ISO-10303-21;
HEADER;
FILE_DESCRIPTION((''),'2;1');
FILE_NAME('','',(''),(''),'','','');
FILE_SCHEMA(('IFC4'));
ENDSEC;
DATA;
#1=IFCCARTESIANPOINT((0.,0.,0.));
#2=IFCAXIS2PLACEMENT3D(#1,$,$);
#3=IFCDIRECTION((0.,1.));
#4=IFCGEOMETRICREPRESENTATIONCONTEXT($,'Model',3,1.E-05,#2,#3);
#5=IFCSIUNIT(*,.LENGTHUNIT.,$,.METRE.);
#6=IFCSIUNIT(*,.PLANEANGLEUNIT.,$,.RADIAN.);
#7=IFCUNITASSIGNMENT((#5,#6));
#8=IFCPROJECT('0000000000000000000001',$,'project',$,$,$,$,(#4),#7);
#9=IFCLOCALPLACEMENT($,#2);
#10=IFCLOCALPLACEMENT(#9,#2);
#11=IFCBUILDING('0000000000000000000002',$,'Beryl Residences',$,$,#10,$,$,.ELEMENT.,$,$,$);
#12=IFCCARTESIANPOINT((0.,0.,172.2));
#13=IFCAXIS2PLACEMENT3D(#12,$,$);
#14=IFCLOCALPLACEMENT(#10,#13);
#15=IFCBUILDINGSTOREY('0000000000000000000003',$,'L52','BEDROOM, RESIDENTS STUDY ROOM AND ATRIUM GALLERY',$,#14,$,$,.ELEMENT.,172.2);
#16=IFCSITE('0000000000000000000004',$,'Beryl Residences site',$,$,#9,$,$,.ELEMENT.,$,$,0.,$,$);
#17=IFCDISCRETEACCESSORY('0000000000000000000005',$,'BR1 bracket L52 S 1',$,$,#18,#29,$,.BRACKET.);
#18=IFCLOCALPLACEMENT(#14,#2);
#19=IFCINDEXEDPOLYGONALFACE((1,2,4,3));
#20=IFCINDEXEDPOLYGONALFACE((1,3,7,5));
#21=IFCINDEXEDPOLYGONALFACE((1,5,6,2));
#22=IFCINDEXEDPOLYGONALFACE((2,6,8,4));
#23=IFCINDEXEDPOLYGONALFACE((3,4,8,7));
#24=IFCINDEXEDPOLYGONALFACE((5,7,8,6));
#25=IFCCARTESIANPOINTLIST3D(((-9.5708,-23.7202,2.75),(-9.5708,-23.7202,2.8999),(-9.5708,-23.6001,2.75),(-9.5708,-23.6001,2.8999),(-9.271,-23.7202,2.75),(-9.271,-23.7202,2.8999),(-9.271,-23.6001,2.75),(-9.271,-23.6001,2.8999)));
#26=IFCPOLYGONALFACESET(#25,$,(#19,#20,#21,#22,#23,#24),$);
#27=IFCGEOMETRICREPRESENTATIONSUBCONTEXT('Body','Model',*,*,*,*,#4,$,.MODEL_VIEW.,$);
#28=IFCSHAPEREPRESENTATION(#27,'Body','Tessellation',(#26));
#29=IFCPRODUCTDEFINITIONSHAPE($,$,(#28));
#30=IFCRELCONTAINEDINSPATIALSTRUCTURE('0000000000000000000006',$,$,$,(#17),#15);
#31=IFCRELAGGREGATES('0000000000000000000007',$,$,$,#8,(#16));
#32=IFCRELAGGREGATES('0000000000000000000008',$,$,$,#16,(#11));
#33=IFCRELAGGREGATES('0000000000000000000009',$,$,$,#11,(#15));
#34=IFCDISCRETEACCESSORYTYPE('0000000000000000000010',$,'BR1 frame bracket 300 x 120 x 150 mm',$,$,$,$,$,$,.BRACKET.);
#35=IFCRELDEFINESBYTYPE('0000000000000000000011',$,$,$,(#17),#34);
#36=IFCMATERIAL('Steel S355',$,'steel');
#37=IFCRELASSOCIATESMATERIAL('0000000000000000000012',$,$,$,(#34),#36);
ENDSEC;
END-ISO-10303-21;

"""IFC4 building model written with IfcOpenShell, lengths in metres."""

from ifc_helpers import new_model, si_unit, direction, frame, origin, place, context, subcontext, project, spatial, polyline, outline, extrude, source, transform, mapped, material, type_object, type_shapes, element, save


model = new_model("IFC4")

# Units and contexts
model_context = context("Model", 3, precision=1e-05, world=origin(), true_north=direction((0.0, 1.0)))
body_context = subcontext(model_context, "Body", "Model", "MODEL_VIEW")
ifc_project = project(units=[si_unit("LENGTHUNIT", "METRE"), si_unit("PLANEANGLEUNIT", "RADIAN")], contexts=[model_context])

# Site, building, storey
site_placement = place(None, origin())
site = spatial("IfcSite", under=ifc_project, at=site_placement, Name="Beryl Residences site", CompositionType="ELEMENT", RefElevation=0.0)
building_placement = place(site_placement, origin())
building = spatial("IfcBuilding", under=site, at=building_placement, Name="Beryl Residences", CompositionType="ELEMENT")
storey_placement = place(building_placement, frame((0.0, 0.0, 172.2)))
storey = spatial("IfcBuildingStorey", under=building, at=storey_placement, Name="L52", Description="BEDROOM, RESIDENTS STUDY ROOM AND ATRIUM GALLERY", CompositionType="ELEMENT", Elevation=172.2)

# Discrete accessory
ifc_material_1 = material(Name="Steel S355", Category="steel")
discrete_accessory_type = type_object("IfcDiscreteAccessoryType", Name="BR1 frame bracket 300 x 120 x 150 mm", PredefinedType="BRACKET", material=ifc_material_1)
shared_shape_1 = source(origin(), body_context, "Body", "SweptSolid", [
    extrude(outline(polyline([(-0.1499, 0.0), (0.1499, 0.0), (0.1499, 0.1201), (-0.1499, 0.1201), (-0.1499, 0.0)])), origin(), (0.0, 0.0, 1.0), 0.1499),
])
type_shapes(discrete_accessory_type, [shared_shape_1])
discrete_accessory_placement = place(storey_placement, frame((-9.4209, -23.6001, 2.75), z_axis=(0.0, 0.0, 1.0), x_axis=(-1.0, 0.0, 0.0)))
element("IfcDiscreteAccessory", 1, at=discrete_accessory_placement, inside=storey, type_object=discrete_accessory_type, Name="BR1 bracket L52 S 1", PredefinedType="BRACKET", context=body_context, shape_type="MappedRepresentation", body=[
    mapped(shared_shape_1, transform((0.0, 0.0, 0.0))),
])

save(model, "model.ifc")
